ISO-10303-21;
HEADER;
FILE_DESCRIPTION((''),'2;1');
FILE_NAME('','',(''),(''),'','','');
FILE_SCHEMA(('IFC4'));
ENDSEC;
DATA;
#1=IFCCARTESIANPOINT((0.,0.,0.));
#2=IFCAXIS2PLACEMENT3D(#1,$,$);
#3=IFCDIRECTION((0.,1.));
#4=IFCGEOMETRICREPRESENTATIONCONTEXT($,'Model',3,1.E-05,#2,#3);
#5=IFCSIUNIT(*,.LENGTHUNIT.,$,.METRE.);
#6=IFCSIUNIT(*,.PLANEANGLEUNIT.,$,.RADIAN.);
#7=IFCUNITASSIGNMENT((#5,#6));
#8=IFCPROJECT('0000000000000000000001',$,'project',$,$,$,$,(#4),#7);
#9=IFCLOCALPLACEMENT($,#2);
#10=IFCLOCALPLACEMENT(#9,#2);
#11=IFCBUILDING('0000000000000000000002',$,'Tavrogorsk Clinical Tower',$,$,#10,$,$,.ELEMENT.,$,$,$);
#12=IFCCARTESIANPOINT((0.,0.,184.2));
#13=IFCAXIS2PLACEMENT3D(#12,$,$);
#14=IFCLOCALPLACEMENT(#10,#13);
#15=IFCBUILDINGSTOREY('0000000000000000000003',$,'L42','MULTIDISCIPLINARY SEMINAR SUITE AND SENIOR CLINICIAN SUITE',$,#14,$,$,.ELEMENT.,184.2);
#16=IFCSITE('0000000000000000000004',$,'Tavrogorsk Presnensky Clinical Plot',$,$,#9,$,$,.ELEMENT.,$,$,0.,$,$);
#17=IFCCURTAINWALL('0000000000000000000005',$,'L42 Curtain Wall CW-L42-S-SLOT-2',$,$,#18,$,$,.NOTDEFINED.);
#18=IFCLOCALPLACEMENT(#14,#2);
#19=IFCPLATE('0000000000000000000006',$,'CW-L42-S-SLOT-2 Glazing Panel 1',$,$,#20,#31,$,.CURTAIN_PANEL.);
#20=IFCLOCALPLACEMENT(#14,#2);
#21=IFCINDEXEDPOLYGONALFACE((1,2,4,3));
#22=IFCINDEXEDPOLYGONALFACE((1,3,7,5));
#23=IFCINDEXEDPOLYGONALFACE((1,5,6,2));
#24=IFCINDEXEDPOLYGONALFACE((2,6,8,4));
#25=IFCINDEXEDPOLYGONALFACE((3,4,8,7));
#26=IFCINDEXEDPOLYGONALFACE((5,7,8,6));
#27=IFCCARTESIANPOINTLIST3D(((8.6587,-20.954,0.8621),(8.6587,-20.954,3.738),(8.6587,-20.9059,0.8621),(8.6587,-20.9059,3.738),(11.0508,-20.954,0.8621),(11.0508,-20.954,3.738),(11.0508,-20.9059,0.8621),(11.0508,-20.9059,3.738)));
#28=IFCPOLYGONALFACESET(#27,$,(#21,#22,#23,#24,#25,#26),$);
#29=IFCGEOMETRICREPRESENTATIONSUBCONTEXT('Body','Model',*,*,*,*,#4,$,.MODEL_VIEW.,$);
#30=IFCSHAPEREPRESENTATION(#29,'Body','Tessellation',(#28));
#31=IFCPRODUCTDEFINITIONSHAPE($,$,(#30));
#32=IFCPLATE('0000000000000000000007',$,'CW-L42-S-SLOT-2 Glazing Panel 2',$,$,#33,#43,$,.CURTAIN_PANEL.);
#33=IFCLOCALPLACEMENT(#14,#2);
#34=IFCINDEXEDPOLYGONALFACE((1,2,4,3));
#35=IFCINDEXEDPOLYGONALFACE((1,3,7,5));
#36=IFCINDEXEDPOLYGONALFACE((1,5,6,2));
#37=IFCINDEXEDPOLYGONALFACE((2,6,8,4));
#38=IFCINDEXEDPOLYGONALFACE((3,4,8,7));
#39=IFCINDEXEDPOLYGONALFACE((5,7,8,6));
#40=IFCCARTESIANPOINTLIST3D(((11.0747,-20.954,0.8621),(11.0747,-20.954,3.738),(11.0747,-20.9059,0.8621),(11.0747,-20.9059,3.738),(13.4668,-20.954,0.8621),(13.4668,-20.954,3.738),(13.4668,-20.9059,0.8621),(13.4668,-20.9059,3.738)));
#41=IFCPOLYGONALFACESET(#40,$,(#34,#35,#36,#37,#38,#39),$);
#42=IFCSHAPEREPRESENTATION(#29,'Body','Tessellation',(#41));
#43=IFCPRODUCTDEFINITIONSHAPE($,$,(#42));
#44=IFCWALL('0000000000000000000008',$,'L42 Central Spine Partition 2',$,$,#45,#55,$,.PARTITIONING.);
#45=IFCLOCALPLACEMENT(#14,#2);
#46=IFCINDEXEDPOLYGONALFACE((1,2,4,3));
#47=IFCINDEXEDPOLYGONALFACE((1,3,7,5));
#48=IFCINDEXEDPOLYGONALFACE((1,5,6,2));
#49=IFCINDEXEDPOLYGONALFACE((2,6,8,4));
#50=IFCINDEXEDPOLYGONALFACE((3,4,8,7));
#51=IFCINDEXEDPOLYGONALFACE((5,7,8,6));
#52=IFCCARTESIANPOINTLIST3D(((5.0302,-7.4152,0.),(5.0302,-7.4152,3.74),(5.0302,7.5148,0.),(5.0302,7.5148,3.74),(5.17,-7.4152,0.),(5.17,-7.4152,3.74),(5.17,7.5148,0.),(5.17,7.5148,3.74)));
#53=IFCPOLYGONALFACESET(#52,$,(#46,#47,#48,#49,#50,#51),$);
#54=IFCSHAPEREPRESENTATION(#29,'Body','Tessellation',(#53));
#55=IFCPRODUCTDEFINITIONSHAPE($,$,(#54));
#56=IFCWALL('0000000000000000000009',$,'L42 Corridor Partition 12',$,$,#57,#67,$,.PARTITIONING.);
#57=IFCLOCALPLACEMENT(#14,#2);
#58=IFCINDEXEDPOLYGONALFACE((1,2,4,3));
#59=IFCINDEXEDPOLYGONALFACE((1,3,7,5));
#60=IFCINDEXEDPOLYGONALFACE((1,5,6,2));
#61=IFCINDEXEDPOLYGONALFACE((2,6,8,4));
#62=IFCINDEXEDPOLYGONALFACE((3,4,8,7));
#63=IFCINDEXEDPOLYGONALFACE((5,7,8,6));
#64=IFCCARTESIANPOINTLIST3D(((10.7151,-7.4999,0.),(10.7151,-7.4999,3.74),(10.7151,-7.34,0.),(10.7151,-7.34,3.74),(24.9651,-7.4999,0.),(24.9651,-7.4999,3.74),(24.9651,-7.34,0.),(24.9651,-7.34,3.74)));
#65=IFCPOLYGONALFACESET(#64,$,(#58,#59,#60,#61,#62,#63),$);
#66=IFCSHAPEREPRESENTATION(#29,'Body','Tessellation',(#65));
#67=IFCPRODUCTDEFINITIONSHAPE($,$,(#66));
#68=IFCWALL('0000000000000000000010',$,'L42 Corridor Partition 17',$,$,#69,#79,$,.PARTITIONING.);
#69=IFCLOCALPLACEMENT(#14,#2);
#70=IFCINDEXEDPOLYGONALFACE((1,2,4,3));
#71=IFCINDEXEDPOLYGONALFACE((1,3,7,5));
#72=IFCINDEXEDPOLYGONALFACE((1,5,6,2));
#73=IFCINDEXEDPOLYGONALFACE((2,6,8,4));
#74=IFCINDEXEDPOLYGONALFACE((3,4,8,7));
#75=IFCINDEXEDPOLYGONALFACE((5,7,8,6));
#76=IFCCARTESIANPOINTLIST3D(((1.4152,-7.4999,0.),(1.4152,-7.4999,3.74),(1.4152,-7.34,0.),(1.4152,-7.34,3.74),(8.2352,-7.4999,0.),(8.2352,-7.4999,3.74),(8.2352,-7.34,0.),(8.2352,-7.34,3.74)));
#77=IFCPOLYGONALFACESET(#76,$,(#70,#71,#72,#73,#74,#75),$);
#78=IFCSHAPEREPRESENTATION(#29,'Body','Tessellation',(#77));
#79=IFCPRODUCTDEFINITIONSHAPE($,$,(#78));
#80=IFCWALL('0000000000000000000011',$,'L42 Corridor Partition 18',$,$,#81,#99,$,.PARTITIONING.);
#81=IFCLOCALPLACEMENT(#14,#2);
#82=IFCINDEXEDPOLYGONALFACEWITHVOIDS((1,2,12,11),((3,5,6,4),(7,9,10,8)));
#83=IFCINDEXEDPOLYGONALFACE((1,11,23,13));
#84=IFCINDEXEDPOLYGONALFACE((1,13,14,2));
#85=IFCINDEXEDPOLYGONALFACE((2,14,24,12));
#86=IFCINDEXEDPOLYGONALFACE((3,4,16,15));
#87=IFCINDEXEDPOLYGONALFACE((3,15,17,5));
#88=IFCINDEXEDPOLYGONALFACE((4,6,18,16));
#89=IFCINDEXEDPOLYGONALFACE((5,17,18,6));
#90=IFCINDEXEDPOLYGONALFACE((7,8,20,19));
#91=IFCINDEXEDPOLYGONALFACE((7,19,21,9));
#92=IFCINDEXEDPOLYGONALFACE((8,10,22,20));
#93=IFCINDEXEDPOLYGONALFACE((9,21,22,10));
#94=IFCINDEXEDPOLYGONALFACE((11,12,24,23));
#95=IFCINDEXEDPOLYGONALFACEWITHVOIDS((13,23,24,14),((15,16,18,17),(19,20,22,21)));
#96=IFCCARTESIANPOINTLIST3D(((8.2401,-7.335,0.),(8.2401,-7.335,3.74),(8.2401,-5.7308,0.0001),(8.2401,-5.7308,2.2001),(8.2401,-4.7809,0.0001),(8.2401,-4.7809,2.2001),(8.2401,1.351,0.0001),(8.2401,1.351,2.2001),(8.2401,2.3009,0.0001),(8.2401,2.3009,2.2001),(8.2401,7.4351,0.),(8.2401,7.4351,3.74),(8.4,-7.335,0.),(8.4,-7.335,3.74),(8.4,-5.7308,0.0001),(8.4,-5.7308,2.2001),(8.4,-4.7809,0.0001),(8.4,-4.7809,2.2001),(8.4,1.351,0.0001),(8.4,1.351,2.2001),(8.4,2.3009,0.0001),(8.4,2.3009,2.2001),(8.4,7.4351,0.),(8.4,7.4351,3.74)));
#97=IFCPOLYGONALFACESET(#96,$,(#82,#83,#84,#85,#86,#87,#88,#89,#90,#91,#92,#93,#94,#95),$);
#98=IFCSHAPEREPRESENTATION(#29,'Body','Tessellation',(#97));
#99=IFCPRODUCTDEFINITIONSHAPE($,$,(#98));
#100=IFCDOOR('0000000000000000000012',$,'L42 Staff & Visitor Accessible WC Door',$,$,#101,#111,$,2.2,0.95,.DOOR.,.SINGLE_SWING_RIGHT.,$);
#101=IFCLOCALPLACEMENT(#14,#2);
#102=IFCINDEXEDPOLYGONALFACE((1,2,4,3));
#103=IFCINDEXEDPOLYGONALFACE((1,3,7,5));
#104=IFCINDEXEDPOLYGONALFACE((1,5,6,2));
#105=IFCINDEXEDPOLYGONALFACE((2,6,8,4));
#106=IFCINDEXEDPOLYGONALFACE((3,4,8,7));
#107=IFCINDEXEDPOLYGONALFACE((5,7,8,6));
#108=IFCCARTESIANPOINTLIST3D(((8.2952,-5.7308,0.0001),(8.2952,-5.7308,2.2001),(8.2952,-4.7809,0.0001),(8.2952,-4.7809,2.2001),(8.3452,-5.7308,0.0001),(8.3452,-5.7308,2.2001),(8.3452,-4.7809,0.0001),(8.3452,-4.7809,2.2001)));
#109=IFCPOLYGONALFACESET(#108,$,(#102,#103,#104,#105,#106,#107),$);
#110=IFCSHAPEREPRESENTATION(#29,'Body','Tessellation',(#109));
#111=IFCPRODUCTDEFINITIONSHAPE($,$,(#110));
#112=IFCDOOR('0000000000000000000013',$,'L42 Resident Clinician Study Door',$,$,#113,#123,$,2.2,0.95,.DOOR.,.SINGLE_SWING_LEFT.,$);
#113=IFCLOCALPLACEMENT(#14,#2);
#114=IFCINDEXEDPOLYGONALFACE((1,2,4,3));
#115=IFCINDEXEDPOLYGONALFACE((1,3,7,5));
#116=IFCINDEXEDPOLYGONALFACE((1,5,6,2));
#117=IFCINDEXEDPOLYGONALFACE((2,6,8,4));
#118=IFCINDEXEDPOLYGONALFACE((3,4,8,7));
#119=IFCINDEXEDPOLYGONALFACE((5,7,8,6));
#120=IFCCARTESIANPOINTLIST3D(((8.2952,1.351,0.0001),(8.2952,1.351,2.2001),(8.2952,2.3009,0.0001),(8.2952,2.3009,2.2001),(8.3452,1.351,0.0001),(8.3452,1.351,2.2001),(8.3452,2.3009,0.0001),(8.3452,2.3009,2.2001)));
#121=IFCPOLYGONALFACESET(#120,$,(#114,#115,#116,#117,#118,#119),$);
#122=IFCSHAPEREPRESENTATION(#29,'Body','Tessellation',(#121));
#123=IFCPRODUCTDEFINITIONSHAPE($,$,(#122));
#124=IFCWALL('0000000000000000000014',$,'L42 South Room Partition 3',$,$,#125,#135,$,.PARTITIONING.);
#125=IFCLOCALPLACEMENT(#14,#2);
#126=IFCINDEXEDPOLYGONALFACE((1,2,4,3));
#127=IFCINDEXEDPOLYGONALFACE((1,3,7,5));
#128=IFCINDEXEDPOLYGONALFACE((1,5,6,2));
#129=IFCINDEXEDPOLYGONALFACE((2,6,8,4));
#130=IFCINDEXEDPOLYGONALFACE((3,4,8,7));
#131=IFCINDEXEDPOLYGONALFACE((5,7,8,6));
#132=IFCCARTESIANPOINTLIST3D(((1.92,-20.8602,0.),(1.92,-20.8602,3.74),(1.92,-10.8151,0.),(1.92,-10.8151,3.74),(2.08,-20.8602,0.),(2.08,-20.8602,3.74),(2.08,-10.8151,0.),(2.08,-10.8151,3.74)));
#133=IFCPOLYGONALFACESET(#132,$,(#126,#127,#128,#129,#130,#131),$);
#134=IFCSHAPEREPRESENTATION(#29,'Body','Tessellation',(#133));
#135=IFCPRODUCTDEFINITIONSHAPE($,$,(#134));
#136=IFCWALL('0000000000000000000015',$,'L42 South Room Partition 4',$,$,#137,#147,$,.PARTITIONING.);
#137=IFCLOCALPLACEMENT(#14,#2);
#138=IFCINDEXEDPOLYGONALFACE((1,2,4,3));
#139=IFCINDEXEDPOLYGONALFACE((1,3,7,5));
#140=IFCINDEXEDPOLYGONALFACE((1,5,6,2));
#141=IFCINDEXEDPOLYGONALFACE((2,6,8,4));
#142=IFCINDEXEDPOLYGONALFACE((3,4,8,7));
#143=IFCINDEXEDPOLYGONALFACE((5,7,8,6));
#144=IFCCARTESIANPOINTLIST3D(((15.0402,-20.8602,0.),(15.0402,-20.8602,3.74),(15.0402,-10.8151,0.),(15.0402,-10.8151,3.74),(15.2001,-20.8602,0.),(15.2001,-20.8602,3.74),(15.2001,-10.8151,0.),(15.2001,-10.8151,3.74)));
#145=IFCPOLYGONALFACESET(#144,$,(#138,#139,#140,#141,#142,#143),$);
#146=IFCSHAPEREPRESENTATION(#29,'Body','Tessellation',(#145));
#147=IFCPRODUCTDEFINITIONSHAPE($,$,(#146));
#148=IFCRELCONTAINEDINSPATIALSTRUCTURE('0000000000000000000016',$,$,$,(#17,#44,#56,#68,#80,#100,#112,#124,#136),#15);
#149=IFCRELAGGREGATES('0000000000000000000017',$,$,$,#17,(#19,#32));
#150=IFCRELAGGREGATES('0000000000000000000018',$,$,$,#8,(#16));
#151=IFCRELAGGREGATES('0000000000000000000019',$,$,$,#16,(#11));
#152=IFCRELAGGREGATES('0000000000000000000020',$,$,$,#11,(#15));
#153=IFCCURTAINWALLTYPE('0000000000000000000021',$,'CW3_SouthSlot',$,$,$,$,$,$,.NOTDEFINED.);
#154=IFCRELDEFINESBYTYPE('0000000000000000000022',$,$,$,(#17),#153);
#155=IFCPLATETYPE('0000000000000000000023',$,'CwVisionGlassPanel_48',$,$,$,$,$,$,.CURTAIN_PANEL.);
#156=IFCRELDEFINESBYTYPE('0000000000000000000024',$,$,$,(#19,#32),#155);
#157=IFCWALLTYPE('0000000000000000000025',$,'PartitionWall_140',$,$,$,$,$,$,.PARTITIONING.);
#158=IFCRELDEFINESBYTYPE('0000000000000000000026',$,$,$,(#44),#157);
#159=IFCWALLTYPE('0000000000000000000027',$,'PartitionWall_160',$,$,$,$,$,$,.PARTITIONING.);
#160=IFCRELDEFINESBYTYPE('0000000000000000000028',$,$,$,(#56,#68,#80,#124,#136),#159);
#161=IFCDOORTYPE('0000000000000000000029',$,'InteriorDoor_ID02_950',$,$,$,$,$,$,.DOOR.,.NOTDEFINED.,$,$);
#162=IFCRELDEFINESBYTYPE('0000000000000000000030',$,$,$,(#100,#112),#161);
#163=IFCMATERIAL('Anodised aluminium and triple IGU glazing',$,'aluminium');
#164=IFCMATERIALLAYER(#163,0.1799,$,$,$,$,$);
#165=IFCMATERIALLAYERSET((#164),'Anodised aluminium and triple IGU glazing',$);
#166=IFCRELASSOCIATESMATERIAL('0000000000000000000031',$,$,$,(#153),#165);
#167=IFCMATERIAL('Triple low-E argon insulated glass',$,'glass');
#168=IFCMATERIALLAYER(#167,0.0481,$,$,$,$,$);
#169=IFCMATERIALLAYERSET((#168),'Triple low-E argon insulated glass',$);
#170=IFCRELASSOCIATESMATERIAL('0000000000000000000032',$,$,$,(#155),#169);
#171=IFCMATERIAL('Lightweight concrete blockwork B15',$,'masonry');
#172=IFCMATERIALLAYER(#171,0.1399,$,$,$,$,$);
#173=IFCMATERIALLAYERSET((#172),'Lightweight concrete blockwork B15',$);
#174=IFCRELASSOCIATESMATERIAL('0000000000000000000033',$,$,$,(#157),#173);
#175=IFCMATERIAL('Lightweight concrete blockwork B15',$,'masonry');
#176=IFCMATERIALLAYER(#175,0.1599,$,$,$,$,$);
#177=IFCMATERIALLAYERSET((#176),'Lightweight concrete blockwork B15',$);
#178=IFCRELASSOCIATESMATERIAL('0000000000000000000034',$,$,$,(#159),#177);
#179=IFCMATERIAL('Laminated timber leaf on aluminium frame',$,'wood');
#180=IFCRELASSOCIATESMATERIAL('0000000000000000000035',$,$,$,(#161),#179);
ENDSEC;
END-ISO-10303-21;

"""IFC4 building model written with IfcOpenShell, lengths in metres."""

from ifc_helpers import new_model, si_unit, direction, frame, frame_2d, origin, origin_2d, place, context, subcontext, project, spatial, rectangle, extrude, material, layer, layer_set, type_object, element, fill, aggregate, save


model = new_model("IFC4")

# Units and contexts
model_context = context("Model", 3, precision=1e-05, world=origin(), true_north=direction((0.0, 1.0)))
body_context = subcontext(model_context, "Body", "Model", "MODEL_VIEW")
ifc_project = project(units=[si_unit("LENGTHUNIT", "METRE"), si_unit("PLANEANGLEUNIT", "RADIAN")], contexts=[model_context])

# Site, building, storey
site_placement = place(None, origin())
site = spatial("IfcSite", under=ifc_project, at=site_placement, Name="Tavrogorsk Presnensky Clinical Plot", CompositionType="ELEMENT", RefElevation=0.0)
building_placement = place(site_placement, origin())
building = spatial("IfcBuilding", under=site, at=building_placement, Name="Tavrogorsk Clinical Tower", CompositionType="ELEMENT")
storey_placement = place(building_placement, frame((0.0, 0.0, 184.2)))
storey = spatial("IfcBuildingStorey", under=building, at=storey_placement, Name="L42", Description="MULTIDISCIPLINARY SEMINAR SUITE AND SENIOR CLINICIAN SUITE", CompositionType="ELEMENT", Elevation=184.2)

# Curtain wall
ifc_material_1 = material(Name="Anodised aluminium and triple IGU glazing", Category="aluminium")
ifc_layer_1 = layer(ifc_material_1, 0.1799)
ifc_layer_set_1 = layer_set([ifc_layer_1], Name="Anodised aluminium and triple IGU glazing")
curtain_wall_type = type_object("IfcCurtainWallType", Name="CW3_SouthSlot", PredefinedType="NOTDEFINED", material=ifc_layer_set_1)
curtain_wall_placement = place(storey_placement, origin())
curtain_wall = element("IfcCurtainWall", 1, at=curtain_wall_placement, inside=storey, type_object=curtain_wall_type, Name="L42 Curtain Wall CW-L42-S-SLOT-2", PredefinedType="NOTDEFINED")

# Plates
ifc_material_2 = material(Name="Triple low-E argon insulated glass", Category="glass")
ifc_layer_2 = layer(ifc_material_2, 0.0481)
ifc_layer_set_2 = layer_set([ifc_layer_2], Name="Triple low-E argon insulated glass")
plate_type_1 = type_object("IfcPlateType", Name="CwVisionGlassPanel_48", PredefinedType="CURTAIN_PANEL", material=ifc_layer_set_2)
plate_1_placement = place(storey_placement, frame((9.8547, -20.9299, 0.8621), z_axis=(0.0, 0.0, 1.0), x_axis=(1.0, 0.0, 0.0)))
plate_1 = element("IfcPlate", 2, at=plate_1_placement, type_object=plate_type_1, Name="CW-L42-S-SLOT-2 Glazing Panel 1", PredefinedType="CURTAIN_PANEL", context=body_context, shape_type="SweptSolid", body=[
    extrude(rectangle(XDim=2.3921, YDim=0.0481, at=origin_2d()), origin(), (0.0, 0.0, 1.0), 2.876),
])
plate_2_placement = place(storey_placement, frame((12.2708, -20.9299, 0.8621), z_axis=(0.0, 0.0, 1.0), x_axis=(1.0, 0.0, 0.0)))
plate_2 = element("IfcPlate", 3, at=plate_2_placement, type_object=plate_type_1, Name="CW-L42-S-SLOT-2 Glazing Panel 2", PredefinedType="CURTAIN_PANEL", context=body_context, shape_type="SweptSolid", body=[
    extrude(rectangle(XDim=2.3921, YDim=0.0481, at=origin_2d()), origin(), (0.0, 0.0, 1.0), 2.876),
])
aggregate(curtain_wall, [plate_1, plate_2])

# Walls
ifc_material_3 = material(Name="Lightweight concrete blockwork B15", Category="masonry")
ifc_layer_3 = layer(ifc_material_3, 0.1399)
ifc_layer_set_3 = layer_set([ifc_layer_3], Name="Lightweight concrete blockwork B15")
wall_type_1 = type_object("IfcWallType", Name="PartitionWall_140", PredefinedType="PARTITIONING", material=ifc_layer_set_3)
wall_1_placement = place(storey_placement, frame((5.1001, -7.415, 0.0), z_axis=(0.0, 0.0, 1.0), x_axis=(0.0, 1.0, 0.0)))
element("IfcWall", 4, at=wall_1_placement, inside=storey, type_object=wall_type_1, Name="L42 Central Spine Partition 2", PredefinedType="PARTITIONING", context=body_context, shape_type="SweptSolid", body=[
    extrude(rectangle(XDim=14.9299, YDim=0.1399, at=frame_2d((7.4648, 0.0))), origin(), (0.0, 0.0, 1.0), 3.74),
])
ifc_material_4 = material(Name="Lightweight concrete blockwork B15", Category="masonry")
ifc_layer_4 = layer(ifc_material_4, 0.1599)
ifc_layer_set_4 = layer_set([ifc_layer_4], Name="Lightweight concrete blockwork B15")
wall_type_2 = type_object("IfcWallType", Name="PartitionWall_160", PredefinedType="PARTITIONING", material=ifc_layer_set_4)
wall_2_placement = place(storey_placement, frame((10.7151, -7.4199, 0.0), z_axis=(0.0, 0.0, 1.0), x_axis=(1.0, 0.0, 0.0)))
element("IfcWall", 5, at=wall_2_placement, inside=storey, type_object=wall_type_2, Name="L42 Corridor Partition 12", PredefinedType="PARTITIONING", context=body_context, shape_type="SweptSolid", body=[
    extrude(rectangle(XDim=14.25, YDim=0.1599, at=frame_2d((7.125, 0.0))), origin(), (0.0, 0.0, 1.0), 3.74),
])
wall_3_placement = place(storey_placement, frame((1.415, -7.4199, 0.0), z_axis=(0.0, 0.0, 1.0), x_axis=(1.0, 0.0, 0.0)))
element("IfcWall", 6, at=wall_3_placement, inside=storey, type_object=wall_type_2, Name="L42 Corridor Partition 17", PredefinedType="PARTITIONING", context=body_context, shape_type="SweptSolid", body=[
    extrude(rectangle(XDim=6.8201, YDim=0.1599, at=frame_2d((3.4102, 0.0))), origin(), (0.0, 0.0, 1.0), 3.74),
])

# Wall, openings, doors
wall_4_placement = place(storey_placement, frame((8.3201, -7.335, 0.0), z_axis=(0.0, 0.0, 1.0), x_axis=(0.0, 1.0, 0.0)))
wall_4 = element("IfcWall", 7, at=wall_4_placement, inside=storey, type_object=wall_type_2, Name="L42 Corridor Partition 18", PredefinedType="PARTITIONING", context=body_context, shape_type="SweptSolid", body=[
    extrude(rectangle(XDim=14.77, YDim=0.1599, at=frame_2d((7.385, 0.0))), origin(), (0.0, 0.0, 1.0), 3.74),
])
opening_1_placement = place(wall_4_placement, frame((1.604, 0.0, 0.0)))
opening_1 = element("IfcOpeningElement", 8, at=opening_1_placement, cuts=wall_4, PredefinedType="OPENING", context=body_context, shape_type="SweptSolid", body=[
    extrude(rectangle(XDim=0.95, YDim=2.2, at=frame_2d((0.4751, 1.1001))), frame((0.0, 0.0898, 0.0), z_axis=(0.0, -1.0, 0.0), x_axis=(1.0, 0.0, 0.0)), (0.0, 0.0, 1.0), 0.1799),
])
opening_2_placement = place(wall_4_placement, frame((8.6858, 0.0, 0.0)))
opening_2 = element("IfcOpeningElement", 9, at=opening_2_placement, cuts=wall_4, PredefinedType="OPENING", context=body_context, shape_type="SweptSolid", body=[
    extrude(rectangle(XDim=0.95, YDim=2.2, at=frame_2d((0.4751, 1.1001))), frame((0.0, 0.0898, 0.0), z_axis=(0.0, -1.0, 0.0), x_axis=(1.0, 0.0, 0.0)), (0.0, 0.0, 1.0), 0.1799),
])
ifc_material_5 = material(Name="Laminated timber leaf on aluminium frame", Category="wood")
door_type = type_object("IfcDoorType", Name="InteriorDoor_ID02_950", OperationType="NOTDEFINED", PredefinedType="DOOR", material=ifc_material_5)
door_1_placement = place(opening_1_placement, origin())
door_1 = element("IfcDoor", 10, at=door_1_placement, inside=storey, type_object=door_type, Name="L42 Staff & Visitor Accessible WC Door", OperationType="SINGLE_SWING_RIGHT", OverallHeight=2.2, OverallWidth=0.95, PredefinedType="DOOR", context=body_context, shape_type="SweptSolid", body=[
    extrude(rectangle(XDim=0.95, YDim=2.2, at=frame_2d((0.4751, 1.1001))), frame((0.0, 0.0249, 0.0), z_axis=(0.0, -1.0, 0.0), x_axis=(1.0, 0.0, 0.0)), (0.0, 0.0, 1.0), 0.05),
])
fill(opening_1, door_1)
door_2_placement = place(opening_2_placement, origin())
door_2 = element("IfcDoor", 11, at=door_2_placement, inside=storey, type_object=door_type, Name="L42 Resident Clinician Study Door", OperationType="SINGLE_SWING_LEFT", OverallHeight=2.2, OverallWidth=0.95, PredefinedType="DOOR", context=body_context, shape_type="SweptSolid", body=[
    extrude(rectangle(XDim=0.95, YDim=2.2, at=frame_2d((0.4751, 1.1001))), frame((0.0, 0.0249, 0.0), z_axis=(0.0, -1.0, 0.0), x_axis=(1.0, 0.0, 0.0)), (0.0, 0.0, 1.0), 0.05),
])
fill(opening_2, door_2)

# Walls
for number, where, z_axis, x_axis, name in (
    (12, (2.0, -20.8601, 0.0), (0.0, 0.0, 1.0), (0.0, 1.0, 0.0), "L42 South Room Partition 3"),
    (13, (15.1201, -20.8601, 0.0), (0.0, 0.0, 1.0), (0.0, 1.0, 0.0), "L42 South Room Partition 4"),
):
    element("IfcWall", number, at=place(storey_placement, frame(where, z_axis=z_axis, x_axis=x_axis)), inside=storey, type_object=wall_type_2, Name=name, PredefinedType="PARTITIONING", context=body_context, shape_type="SweptSolid", body=[
        extrude(rectangle(XDim=10.0452, YDim=0.1599, at=frame_2d((5.0225, 0.0))), origin(), (0.0, 0.0, 1.0), 3.74),
    ])

save(model, "model.ifc")
